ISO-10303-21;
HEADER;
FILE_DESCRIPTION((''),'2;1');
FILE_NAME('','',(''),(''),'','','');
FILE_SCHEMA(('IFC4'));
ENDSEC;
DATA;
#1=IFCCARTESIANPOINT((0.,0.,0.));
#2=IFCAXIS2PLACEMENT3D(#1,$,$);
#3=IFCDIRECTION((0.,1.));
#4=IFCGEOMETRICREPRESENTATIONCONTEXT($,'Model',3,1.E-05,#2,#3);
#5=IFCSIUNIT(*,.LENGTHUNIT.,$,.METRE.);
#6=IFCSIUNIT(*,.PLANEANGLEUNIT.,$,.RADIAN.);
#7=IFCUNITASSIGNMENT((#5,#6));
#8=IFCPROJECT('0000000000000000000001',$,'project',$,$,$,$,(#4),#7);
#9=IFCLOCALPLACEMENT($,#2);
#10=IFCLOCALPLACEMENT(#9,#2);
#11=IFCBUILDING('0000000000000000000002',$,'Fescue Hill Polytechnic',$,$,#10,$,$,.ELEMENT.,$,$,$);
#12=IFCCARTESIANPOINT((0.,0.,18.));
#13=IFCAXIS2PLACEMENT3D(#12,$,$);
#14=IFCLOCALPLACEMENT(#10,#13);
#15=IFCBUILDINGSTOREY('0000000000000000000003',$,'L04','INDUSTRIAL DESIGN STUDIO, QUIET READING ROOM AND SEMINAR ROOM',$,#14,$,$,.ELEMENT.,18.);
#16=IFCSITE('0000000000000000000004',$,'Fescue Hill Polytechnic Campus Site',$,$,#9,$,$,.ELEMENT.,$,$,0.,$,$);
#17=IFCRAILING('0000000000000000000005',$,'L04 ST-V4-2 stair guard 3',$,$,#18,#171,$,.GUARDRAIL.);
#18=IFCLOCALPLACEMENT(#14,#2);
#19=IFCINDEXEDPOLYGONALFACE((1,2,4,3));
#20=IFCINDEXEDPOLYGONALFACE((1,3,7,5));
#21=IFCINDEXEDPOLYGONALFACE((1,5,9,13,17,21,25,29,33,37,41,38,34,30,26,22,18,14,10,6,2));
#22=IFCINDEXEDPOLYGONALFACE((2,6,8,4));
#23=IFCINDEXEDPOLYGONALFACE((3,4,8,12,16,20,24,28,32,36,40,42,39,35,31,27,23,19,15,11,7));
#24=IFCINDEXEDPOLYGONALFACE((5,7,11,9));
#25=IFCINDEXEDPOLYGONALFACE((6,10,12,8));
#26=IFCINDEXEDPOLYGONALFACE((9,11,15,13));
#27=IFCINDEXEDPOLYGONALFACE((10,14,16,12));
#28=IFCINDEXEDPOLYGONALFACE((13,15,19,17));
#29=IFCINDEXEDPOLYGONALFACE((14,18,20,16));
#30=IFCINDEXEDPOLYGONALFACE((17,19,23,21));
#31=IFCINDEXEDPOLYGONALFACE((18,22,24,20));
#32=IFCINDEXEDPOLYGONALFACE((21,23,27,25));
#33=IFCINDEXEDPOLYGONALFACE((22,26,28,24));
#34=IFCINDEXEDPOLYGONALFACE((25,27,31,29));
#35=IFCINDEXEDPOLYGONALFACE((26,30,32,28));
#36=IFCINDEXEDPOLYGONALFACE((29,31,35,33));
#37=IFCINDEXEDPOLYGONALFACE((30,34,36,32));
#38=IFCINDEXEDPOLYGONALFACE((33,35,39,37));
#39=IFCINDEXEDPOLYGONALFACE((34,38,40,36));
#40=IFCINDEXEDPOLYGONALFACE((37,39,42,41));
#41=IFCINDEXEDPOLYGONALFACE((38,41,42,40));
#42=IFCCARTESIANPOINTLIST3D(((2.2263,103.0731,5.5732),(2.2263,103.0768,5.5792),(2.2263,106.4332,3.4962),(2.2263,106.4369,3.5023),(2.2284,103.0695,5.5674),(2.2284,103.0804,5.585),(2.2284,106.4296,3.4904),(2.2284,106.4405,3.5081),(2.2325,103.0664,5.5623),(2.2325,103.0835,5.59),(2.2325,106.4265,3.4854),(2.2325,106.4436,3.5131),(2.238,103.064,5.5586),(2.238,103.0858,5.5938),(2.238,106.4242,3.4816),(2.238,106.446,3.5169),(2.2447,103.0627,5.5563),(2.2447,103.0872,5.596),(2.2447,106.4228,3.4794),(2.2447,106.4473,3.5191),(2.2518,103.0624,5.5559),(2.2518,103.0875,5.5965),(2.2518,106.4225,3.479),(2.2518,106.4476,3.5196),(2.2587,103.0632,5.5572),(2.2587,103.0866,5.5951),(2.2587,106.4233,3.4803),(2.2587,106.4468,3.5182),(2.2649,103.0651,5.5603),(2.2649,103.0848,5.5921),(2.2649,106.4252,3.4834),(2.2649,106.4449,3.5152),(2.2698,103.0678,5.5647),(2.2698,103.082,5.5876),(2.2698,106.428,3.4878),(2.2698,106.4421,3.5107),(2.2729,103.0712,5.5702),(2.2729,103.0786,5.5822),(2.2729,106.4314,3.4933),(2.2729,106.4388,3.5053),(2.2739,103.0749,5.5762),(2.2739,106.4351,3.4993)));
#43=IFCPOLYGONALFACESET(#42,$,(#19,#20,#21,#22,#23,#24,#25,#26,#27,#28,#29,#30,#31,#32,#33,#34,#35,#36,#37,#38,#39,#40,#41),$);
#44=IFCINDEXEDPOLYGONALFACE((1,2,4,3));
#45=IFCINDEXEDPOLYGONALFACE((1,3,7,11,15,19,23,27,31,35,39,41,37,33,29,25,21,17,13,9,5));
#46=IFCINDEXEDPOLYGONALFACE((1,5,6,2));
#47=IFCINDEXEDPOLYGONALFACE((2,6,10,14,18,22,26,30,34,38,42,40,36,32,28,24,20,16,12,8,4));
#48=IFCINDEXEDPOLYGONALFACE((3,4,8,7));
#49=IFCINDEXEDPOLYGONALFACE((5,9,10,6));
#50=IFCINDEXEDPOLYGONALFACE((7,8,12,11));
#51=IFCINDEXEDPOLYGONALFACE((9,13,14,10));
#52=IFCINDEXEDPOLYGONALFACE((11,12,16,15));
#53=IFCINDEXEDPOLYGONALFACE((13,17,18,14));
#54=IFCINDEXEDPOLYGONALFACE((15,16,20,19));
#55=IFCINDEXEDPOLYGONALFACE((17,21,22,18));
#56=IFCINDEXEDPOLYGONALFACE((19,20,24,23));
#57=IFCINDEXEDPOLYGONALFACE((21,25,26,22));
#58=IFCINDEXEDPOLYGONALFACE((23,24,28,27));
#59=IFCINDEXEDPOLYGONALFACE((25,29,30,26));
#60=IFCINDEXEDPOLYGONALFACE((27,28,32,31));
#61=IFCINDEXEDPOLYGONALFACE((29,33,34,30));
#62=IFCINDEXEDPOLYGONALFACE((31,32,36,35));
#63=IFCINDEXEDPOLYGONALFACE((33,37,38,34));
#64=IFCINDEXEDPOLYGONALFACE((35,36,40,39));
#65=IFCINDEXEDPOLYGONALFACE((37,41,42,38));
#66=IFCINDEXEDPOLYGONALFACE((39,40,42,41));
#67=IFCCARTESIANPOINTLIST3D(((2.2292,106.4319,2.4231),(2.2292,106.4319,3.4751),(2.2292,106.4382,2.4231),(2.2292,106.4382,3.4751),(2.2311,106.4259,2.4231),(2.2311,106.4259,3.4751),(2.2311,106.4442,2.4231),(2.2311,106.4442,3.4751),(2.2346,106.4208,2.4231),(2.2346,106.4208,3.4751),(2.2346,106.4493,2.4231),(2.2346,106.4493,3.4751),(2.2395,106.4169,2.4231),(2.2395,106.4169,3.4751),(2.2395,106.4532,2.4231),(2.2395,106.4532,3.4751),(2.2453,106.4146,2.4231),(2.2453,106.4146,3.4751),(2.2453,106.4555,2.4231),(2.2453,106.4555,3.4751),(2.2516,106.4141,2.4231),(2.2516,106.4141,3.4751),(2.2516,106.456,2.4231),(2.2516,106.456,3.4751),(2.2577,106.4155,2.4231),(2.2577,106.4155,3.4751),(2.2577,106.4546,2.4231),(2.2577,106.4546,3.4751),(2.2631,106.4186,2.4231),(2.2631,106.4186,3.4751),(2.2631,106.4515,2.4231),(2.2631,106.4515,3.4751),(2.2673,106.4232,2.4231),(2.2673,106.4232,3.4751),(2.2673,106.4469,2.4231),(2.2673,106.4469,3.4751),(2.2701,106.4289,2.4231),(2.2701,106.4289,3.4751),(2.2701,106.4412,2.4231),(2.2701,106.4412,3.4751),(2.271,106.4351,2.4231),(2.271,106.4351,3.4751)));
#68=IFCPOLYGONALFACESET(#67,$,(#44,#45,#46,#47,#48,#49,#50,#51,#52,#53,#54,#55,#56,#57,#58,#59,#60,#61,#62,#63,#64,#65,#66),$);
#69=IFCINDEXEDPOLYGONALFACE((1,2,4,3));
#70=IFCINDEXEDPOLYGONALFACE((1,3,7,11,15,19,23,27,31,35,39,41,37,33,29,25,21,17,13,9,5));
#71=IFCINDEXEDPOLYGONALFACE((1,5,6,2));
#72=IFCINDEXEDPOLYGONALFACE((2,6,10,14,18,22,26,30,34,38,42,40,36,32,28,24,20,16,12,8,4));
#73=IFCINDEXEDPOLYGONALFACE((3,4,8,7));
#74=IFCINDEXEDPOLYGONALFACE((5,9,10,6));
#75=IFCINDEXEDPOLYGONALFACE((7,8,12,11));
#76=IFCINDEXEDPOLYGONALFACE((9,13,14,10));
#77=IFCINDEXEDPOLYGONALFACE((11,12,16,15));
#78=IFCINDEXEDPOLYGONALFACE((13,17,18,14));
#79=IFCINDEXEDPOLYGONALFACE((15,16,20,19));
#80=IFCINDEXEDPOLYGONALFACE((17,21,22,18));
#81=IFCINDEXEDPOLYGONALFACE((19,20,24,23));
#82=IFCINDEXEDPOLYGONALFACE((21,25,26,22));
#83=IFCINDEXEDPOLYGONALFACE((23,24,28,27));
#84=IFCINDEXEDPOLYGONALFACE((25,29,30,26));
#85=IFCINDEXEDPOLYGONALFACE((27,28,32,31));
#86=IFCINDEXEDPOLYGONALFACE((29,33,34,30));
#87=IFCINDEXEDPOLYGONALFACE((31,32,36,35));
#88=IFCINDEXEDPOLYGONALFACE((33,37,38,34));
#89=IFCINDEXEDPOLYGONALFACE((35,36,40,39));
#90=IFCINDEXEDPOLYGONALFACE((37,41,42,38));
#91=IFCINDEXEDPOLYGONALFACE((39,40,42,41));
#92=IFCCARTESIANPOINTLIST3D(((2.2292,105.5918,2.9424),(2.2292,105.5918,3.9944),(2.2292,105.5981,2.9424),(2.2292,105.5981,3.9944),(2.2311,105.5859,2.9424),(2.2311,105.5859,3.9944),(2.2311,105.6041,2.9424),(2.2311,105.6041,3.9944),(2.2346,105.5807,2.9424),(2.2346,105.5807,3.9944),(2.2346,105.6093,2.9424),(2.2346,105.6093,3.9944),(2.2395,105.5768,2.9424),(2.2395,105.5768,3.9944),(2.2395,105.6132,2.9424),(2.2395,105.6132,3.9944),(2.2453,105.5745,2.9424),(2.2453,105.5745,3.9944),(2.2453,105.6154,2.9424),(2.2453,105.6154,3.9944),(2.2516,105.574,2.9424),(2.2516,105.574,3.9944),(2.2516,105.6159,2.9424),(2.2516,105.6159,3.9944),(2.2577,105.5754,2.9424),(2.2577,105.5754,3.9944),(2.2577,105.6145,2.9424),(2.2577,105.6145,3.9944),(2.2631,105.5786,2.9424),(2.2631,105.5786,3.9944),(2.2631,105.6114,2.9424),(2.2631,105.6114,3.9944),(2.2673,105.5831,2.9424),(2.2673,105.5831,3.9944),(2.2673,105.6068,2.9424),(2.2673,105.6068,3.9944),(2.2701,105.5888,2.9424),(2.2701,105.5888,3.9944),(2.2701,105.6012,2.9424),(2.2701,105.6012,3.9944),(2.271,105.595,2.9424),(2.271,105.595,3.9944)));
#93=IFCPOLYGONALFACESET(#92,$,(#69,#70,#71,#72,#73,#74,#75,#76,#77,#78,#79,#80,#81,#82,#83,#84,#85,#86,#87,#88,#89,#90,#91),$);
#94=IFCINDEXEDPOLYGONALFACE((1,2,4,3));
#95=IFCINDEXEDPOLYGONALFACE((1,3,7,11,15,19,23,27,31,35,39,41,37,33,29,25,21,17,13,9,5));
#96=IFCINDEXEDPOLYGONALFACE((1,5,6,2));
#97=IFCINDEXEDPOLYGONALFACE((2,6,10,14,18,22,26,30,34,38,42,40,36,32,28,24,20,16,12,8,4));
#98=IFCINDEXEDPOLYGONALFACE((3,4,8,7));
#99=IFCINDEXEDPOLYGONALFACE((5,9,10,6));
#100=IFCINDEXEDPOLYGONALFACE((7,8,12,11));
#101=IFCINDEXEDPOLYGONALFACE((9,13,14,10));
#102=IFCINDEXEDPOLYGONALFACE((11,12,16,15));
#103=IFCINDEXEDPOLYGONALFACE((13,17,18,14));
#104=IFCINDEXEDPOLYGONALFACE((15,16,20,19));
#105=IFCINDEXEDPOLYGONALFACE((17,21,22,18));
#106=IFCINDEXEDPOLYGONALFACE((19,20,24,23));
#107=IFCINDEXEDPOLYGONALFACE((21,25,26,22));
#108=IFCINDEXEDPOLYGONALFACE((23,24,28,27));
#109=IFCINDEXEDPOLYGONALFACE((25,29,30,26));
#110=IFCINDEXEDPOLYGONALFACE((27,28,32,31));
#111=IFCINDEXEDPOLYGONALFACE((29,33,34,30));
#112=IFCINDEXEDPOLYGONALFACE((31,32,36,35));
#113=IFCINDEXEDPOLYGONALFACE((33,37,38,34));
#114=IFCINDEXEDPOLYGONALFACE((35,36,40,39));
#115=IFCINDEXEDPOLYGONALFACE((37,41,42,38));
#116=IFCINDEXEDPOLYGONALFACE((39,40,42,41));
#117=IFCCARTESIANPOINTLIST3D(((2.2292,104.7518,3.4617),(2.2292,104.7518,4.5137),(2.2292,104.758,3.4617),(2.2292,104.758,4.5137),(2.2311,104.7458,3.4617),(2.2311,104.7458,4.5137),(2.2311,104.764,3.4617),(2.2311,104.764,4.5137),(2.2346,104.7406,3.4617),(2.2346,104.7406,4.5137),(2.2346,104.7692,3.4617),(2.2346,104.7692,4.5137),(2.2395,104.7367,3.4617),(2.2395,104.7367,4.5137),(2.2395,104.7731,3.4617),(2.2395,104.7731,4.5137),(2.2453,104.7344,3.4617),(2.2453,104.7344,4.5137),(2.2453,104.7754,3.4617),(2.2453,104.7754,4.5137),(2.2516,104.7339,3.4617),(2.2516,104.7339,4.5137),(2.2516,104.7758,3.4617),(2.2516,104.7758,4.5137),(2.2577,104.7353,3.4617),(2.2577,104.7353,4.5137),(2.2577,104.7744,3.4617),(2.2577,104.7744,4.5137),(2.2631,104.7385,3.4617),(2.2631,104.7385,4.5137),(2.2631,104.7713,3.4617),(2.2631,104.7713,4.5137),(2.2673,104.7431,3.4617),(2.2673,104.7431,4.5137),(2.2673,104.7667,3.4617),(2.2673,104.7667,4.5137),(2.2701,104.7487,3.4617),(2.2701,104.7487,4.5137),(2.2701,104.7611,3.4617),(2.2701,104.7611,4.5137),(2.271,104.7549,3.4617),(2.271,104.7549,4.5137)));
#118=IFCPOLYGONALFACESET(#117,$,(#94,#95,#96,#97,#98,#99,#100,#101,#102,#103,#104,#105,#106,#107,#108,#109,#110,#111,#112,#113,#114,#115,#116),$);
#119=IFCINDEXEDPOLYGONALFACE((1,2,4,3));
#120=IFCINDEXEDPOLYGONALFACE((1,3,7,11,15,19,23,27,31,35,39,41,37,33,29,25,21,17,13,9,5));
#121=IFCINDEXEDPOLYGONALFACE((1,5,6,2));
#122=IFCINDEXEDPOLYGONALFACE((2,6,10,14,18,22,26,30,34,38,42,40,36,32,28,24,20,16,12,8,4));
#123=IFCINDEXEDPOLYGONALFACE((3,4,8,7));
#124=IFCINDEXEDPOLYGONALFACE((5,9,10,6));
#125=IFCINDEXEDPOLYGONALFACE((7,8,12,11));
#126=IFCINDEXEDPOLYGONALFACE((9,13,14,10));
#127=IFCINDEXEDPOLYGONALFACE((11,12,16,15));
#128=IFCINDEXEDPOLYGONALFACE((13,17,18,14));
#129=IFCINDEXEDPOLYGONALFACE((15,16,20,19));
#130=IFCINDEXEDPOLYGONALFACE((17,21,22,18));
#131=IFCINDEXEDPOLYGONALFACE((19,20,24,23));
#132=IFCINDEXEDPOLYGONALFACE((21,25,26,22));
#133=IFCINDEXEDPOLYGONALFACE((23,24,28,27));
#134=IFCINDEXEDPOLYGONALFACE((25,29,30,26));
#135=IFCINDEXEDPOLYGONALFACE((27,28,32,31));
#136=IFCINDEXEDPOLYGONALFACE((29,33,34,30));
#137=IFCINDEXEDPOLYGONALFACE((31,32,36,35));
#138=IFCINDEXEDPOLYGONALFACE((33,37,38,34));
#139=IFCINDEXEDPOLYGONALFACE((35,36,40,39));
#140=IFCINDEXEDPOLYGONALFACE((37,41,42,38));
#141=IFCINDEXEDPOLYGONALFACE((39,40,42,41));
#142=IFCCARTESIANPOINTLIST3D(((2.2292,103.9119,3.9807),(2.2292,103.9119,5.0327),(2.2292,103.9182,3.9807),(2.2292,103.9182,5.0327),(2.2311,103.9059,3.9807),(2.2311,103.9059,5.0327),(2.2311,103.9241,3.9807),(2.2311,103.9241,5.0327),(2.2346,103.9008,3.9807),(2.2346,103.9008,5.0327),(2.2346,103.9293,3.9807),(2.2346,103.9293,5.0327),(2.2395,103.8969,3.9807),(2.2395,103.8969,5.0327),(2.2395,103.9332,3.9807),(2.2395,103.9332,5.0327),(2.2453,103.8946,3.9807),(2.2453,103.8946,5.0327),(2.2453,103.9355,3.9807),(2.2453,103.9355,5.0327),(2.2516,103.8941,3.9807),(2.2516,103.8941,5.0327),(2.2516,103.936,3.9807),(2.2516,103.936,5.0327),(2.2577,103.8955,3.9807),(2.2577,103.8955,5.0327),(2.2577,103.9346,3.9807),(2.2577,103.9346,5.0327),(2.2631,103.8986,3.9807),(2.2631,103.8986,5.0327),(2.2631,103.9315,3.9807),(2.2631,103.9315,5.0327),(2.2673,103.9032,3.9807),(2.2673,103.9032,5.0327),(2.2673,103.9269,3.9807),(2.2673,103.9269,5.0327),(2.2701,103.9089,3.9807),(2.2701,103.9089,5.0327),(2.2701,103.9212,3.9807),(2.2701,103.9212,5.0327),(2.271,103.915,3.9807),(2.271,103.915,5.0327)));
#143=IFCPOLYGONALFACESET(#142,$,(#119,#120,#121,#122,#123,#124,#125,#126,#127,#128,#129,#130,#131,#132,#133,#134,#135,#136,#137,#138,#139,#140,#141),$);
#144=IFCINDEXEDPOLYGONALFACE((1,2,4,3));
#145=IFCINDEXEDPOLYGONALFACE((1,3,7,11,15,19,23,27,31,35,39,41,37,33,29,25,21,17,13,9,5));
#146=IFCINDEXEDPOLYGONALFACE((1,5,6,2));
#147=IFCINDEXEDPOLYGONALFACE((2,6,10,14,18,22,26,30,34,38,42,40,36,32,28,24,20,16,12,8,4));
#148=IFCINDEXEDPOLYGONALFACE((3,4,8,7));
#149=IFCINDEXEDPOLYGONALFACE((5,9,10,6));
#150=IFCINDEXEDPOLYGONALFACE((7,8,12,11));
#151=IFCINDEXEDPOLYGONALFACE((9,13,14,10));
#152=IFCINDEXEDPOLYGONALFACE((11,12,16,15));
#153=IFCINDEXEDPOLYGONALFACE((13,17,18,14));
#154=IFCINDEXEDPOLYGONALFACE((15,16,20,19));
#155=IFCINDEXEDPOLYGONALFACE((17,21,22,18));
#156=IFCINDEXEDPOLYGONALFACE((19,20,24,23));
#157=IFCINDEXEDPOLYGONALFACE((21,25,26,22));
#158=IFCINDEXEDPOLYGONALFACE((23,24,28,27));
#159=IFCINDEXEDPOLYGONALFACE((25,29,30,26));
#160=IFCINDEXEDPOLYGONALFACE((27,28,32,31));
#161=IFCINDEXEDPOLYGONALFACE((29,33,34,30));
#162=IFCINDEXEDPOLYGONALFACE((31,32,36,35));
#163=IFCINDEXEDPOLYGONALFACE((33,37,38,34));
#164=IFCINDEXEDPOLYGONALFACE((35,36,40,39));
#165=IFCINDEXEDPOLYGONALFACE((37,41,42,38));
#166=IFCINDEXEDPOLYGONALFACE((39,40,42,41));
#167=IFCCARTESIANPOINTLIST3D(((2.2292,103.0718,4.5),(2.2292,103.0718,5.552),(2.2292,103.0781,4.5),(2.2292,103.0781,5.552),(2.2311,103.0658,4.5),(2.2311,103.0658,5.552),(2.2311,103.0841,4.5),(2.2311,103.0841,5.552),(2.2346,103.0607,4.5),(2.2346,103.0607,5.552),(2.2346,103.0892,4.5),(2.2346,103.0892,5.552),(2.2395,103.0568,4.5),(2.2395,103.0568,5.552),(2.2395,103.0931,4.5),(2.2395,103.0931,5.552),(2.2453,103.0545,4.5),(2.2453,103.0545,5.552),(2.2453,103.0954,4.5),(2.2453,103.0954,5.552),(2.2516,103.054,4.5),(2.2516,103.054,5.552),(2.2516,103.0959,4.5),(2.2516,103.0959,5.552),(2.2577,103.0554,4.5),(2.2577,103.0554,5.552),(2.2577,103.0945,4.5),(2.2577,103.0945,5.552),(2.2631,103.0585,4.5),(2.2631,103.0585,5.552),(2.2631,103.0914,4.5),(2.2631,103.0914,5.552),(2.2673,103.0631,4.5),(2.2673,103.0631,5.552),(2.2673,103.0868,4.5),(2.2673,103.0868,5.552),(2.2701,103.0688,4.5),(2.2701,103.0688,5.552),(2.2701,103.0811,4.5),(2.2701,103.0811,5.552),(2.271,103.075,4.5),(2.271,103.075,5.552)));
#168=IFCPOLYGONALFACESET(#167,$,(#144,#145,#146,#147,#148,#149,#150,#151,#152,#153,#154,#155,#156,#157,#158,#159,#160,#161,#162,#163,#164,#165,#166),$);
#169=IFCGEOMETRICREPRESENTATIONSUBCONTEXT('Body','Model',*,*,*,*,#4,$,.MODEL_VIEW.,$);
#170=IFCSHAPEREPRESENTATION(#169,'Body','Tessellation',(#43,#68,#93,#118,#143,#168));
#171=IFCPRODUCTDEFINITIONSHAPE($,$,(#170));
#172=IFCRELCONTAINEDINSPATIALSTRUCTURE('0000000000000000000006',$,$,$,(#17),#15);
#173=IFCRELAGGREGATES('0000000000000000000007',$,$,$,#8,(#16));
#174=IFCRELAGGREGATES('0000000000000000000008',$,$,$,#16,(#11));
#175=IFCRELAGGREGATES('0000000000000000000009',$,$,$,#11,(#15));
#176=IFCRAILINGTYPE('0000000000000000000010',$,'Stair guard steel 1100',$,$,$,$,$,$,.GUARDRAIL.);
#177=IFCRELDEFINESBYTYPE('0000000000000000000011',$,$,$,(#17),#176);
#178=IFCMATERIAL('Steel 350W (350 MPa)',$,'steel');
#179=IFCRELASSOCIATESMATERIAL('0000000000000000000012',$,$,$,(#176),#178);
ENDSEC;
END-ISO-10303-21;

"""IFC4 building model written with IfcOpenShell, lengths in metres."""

from ifc_helpers import new_model, si_unit, direction, frame, origin, origin_2d, place, context, subcontext, project, spatial, circle, extrude, material, type_object, element, save


model = new_model("IFC4")

# Units and contexts
model_context = context("Model", 3, precision=1e-05, world=origin(), true_north=direction((0.0, 1.0)))
body_context = subcontext(model_context, "Body", "Model", "MODEL_VIEW")
ifc_project = project(units=[si_unit("LENGTHUNIT", "METRE"), si_unit("PLANEANGLEUNIT", "RADIAN")], contexts=[model_context])

# Site, building, storey
site_placement = place(None, origin())
site = spatial("IfcSite", under=ifc_project, at=site_placement, Name="Fescue Hill Polytechnic Campus Site", CompositionType="ELEMENT", RefElevation=0.0)
building_placement = place(site_placement, origin())
building = spatial("IfcBuilding", under=site, at=building_placement, Name="Fescue Hill Polytechnic", CompositionType="ELEMENT")
storey_placement = place(building_placement, frame((0.0, 0.0, 18.0)))
storey = spatial("IfcBuildingStorey", under=building, at=storey_placement, Name="L04", Description="INDUSTRIAL DESIGN STUDIO, QUIET READING ROOM AND SEMINAR ROOM", CompositionType="ELEMENT", Elevation=18.0)

# Railing
ifc_material_1 = material(Name="Steel 350W (350 MPa)", Category="steel")
railing_type_1 = type_object("IfcRailingType", Name="Stair guard steel 1100", PredefinedType="GUARDRAIL", material=ifc_material_1)
railing_1_placement = place(storey_placement, frame((2.25, 106.4351, 2.4231)))
element("IfcRailing", 1, at=railing_1_placement, inside=storey, type_object=railing_type_1, Name="L04 ST-V4-2 stair guard 3", PredefinedType="GUARDRAIL", context=body_context, shape_type="SweptSolid", body=[
    extrude(circle(Radius=0.0239, at=origin_2d()), frame((0.0, 0.0, 1.0762), z_axis=(0.0, -0.850623, 0.525776), x_axis=(1.0, 0.0, 0.0)), (0.0, 0.0, 1.0), 3.9502),
    extrude(circle(Radius=0.021, at=origin_2d()), origin(), (0.0, 0.0, 1.0), 1.052),
    extrude(circle(Radius=0.021, at=origin_2d()), frame((0.0, -0.8401, 0.5193)), (0.0, 0.0, 1.0), 1.052),
    extrude(circle(Radius=0.021, at=origin_2d()), frame((0.0, -1.6802, 1.0386)), (0.0, 0.0, 1.0), 1.052),
    extrude(circle(Radius=0.021, at=origin_2d()), frame((0.0, -2.52, 1.5576)), (0.0, 0.0, 1.0), 1.052),
    extrude(circle(Radius=0.021, at=origin_2d()), frame((0.0, -3.3601, 2.0769)), (0.0, 0.0, 1.0), 1.052),
])

save(model, "model.ifc")
